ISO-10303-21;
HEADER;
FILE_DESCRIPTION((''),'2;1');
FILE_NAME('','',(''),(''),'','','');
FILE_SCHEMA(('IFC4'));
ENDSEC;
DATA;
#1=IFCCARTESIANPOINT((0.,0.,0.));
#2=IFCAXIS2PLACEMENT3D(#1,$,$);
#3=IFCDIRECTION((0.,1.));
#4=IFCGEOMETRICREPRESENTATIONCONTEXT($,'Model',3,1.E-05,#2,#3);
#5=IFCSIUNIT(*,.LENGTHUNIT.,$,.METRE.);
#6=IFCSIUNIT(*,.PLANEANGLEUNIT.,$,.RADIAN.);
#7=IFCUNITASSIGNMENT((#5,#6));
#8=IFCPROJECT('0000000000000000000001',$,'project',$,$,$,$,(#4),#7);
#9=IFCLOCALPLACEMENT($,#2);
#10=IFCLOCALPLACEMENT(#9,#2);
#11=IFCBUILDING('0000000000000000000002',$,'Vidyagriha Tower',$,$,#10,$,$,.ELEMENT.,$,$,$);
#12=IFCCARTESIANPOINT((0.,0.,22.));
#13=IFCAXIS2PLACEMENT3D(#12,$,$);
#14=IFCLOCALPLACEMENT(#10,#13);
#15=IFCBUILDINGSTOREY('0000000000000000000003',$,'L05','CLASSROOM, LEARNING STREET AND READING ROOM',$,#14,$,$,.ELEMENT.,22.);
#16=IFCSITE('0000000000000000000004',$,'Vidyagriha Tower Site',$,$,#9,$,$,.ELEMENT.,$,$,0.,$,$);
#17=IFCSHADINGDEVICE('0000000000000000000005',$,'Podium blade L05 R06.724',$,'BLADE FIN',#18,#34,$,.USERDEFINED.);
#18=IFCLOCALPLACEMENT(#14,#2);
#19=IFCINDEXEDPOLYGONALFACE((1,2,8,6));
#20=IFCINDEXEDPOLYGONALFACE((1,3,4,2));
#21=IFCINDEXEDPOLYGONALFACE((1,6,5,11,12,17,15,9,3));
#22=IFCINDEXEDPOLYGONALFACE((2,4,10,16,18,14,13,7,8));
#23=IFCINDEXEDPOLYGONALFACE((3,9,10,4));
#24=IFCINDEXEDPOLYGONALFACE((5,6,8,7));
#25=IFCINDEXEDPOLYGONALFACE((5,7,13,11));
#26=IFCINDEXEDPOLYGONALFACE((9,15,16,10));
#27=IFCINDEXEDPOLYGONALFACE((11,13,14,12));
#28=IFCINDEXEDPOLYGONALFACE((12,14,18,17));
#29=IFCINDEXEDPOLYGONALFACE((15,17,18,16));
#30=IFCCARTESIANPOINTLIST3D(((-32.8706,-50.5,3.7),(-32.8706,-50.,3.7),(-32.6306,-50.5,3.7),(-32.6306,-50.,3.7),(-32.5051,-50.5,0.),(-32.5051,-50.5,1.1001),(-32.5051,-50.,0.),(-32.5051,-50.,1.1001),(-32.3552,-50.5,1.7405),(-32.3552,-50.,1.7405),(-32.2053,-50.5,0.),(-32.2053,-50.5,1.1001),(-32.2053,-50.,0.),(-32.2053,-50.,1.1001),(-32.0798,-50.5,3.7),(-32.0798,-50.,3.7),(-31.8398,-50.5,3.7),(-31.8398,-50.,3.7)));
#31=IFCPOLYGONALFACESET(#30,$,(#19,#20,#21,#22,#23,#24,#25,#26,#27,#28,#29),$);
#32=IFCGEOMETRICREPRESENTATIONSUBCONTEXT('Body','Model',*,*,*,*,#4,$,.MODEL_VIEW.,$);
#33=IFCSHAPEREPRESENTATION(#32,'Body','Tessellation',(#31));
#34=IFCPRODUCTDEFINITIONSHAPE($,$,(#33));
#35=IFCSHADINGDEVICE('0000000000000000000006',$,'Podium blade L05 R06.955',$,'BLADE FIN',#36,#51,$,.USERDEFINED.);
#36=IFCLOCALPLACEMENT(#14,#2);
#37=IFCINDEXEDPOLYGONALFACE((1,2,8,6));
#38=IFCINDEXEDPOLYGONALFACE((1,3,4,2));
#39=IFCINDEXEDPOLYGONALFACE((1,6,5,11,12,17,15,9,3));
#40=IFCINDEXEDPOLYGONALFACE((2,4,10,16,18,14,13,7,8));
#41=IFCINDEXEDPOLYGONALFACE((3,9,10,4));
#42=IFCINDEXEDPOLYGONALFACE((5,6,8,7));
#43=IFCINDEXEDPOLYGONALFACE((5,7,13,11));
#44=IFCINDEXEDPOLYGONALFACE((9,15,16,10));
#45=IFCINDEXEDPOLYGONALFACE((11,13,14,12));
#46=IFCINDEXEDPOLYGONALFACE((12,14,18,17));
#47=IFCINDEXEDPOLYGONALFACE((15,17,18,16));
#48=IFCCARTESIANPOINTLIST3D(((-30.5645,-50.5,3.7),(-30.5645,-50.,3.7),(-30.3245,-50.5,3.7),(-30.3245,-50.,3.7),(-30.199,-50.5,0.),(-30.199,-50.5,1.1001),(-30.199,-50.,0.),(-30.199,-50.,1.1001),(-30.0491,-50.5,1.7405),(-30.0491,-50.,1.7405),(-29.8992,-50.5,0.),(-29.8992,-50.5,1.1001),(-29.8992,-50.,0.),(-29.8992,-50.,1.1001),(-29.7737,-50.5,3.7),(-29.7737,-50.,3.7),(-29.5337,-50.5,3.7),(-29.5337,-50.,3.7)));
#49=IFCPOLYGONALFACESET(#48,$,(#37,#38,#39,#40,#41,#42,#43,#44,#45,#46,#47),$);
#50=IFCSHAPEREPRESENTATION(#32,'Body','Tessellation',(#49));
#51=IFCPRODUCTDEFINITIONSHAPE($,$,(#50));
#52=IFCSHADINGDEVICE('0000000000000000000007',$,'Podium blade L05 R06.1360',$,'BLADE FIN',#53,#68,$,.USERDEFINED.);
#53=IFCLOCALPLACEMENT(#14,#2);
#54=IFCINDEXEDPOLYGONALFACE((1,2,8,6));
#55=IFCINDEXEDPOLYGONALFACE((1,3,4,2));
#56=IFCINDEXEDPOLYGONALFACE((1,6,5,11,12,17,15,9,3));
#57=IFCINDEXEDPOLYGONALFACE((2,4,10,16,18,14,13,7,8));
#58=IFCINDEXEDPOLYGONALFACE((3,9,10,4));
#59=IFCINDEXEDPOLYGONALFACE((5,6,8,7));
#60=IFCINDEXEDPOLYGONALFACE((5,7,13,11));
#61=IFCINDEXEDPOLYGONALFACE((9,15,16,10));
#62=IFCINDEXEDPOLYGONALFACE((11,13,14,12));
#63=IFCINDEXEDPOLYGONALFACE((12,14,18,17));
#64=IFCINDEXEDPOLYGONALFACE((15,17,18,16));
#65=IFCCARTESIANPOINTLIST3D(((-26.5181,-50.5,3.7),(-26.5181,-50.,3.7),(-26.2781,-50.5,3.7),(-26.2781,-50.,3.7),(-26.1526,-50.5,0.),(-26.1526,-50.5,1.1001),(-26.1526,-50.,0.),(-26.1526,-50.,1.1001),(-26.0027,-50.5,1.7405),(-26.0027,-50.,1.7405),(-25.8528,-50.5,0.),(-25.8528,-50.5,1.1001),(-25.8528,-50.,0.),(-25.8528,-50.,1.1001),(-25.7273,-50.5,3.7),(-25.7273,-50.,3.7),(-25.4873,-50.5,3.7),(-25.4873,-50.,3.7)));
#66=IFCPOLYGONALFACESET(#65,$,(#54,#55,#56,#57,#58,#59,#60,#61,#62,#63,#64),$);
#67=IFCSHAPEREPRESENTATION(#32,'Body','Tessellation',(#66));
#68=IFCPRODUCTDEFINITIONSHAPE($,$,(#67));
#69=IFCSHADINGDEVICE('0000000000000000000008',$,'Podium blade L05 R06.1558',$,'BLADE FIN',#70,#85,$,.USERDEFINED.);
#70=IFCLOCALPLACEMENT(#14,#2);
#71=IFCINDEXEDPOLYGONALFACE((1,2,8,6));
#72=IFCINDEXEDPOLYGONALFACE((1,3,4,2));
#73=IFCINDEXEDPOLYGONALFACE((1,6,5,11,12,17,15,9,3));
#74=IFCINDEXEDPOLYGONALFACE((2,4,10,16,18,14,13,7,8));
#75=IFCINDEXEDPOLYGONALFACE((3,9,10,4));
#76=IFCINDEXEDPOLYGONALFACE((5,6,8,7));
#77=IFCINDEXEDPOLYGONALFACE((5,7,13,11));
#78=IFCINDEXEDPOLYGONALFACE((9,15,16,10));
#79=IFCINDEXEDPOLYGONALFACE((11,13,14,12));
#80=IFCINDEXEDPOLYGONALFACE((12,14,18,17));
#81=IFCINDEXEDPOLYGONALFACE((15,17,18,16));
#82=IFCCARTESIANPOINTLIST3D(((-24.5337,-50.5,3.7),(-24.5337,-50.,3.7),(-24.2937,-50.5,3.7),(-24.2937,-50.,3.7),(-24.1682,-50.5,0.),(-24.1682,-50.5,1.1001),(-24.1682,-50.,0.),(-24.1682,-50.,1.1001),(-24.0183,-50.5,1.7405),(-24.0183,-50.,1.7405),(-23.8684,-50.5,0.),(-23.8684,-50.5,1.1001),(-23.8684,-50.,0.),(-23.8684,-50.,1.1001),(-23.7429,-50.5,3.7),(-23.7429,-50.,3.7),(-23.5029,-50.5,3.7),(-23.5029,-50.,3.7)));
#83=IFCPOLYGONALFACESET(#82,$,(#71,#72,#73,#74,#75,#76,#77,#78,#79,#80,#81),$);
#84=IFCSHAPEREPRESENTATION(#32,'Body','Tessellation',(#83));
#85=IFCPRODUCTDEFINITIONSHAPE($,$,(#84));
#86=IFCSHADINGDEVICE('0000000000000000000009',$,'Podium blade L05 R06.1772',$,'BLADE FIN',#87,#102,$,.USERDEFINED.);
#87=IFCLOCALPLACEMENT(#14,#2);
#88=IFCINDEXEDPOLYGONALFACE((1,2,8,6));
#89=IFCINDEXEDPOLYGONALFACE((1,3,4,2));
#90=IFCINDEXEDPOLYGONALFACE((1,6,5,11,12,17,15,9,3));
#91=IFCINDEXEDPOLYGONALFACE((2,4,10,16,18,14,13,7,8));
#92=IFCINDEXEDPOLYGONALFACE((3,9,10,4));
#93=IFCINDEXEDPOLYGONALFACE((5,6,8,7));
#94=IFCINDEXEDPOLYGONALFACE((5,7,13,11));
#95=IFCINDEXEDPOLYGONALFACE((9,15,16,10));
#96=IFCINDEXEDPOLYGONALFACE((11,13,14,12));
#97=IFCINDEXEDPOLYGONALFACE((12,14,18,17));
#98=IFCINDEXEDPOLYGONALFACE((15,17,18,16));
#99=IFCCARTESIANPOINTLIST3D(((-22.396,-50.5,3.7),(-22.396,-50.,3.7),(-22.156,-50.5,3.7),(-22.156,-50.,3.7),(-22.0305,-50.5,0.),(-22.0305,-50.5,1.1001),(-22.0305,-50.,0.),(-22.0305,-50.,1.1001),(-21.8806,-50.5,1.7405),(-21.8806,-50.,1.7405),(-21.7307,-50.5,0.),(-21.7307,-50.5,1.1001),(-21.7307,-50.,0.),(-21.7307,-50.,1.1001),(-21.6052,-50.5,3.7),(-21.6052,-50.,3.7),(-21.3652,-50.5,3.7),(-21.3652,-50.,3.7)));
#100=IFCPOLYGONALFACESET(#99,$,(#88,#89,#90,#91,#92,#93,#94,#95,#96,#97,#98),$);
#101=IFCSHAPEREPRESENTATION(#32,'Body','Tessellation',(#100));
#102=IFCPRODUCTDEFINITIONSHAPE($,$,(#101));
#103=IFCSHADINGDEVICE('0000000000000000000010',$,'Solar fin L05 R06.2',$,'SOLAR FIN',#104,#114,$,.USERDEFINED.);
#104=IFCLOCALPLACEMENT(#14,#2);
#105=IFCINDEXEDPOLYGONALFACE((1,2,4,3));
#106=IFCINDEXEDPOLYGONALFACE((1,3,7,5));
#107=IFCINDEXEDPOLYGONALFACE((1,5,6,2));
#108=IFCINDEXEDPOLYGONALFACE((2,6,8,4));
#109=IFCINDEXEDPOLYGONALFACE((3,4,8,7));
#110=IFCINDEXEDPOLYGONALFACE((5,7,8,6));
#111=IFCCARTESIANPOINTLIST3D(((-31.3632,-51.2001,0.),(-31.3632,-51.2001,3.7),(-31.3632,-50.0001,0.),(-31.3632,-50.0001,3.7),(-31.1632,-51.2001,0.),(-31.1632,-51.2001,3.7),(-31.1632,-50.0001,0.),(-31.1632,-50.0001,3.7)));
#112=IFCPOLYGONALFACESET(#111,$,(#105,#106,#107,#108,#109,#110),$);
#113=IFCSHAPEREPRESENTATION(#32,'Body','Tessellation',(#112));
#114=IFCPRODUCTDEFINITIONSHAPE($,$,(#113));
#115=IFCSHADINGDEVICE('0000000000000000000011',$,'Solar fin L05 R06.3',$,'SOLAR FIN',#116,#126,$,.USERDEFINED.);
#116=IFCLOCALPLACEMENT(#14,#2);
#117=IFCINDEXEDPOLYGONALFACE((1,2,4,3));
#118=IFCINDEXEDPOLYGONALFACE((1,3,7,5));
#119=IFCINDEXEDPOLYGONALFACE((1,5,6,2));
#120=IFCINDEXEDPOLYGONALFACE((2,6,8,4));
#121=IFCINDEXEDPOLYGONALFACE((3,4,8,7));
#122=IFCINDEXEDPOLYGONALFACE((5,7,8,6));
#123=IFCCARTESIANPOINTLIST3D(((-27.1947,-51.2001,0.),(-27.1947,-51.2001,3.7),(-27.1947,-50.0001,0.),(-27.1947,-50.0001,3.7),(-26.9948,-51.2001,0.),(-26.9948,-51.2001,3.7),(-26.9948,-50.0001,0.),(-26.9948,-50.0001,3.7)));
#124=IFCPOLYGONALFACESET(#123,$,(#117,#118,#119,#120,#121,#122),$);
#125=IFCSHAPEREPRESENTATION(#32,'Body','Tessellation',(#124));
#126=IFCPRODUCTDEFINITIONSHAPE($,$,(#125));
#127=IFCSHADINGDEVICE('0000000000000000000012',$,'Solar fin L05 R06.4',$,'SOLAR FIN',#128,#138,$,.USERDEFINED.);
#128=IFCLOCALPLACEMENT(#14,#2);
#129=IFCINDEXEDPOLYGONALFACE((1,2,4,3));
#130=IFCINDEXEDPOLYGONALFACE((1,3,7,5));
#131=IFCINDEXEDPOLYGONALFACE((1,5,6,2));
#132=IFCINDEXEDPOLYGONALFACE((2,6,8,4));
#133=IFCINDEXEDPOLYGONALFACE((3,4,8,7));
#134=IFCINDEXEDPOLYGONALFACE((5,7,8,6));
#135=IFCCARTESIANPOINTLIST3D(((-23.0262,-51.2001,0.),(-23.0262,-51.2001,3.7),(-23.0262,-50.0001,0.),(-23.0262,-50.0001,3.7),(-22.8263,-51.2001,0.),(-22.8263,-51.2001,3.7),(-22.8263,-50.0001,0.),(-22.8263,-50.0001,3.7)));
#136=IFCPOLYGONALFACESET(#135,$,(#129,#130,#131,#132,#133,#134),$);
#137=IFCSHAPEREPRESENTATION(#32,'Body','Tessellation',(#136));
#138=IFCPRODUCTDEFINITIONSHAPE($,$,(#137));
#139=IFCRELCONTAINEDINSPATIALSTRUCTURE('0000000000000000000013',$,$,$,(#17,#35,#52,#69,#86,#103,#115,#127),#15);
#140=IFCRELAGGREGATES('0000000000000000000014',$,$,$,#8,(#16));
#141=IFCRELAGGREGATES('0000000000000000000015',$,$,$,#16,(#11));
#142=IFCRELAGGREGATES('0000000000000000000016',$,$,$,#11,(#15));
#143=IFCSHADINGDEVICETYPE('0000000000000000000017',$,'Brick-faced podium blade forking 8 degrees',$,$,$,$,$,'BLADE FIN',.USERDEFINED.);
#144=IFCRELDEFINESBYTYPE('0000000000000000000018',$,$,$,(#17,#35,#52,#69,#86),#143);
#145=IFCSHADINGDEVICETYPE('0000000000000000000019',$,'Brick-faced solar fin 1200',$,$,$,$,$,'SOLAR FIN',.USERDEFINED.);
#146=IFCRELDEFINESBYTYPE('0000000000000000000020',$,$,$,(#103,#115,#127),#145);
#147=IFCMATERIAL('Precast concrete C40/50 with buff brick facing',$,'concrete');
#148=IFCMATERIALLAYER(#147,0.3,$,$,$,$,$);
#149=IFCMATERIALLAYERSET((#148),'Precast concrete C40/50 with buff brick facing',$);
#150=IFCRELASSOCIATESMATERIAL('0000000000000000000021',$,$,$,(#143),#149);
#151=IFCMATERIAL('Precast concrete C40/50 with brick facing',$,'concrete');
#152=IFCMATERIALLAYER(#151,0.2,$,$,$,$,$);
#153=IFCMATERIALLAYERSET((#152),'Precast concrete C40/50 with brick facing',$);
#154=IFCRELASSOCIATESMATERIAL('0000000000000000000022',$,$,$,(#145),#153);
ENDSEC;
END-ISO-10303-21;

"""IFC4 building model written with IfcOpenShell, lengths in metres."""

from ifc_helpers import new_model, si_unit, direction, frame, frame_2d, origin, place, context, subcontext, project, spatial, polyline, rectangle, outline, extrude, material, layer, layer_set, type_object, element, save


model = new_model("IFC4")

# Units and contexts
model_context = context("Model", 3, precision=1e-05, world=origin(), true_north=direction((0.0, 1.0)))
body_context = subcontext(model_context, "Body", "Model", "MODEL_VIEW")
ifc_project = project(units=[si_unit("LENGTHUNIT", "METRE"), si_unit("PLANEANGLEUNIT", "RADIAN")], contexts=[model_context])

# Site, building, storey
site_placement = place(None, origin())
site = spatial("IfcSite", under=ifc_project, at=site_placement, Name="Vidyagriha Tower Site", CompositionType="ELEMENT", RefElevation=0.0)
building_placement = place(site_placement, origin())
building = spatial("IfcBuilding", under=site, at=building_placement, Name="Vidyagriha Tower", CompositionType="ELEMENT")
storey_placement = place(building_placement, frame((0.0, 0.0, 22.0)))
storey = spatial("IfcBuildingStorey", under=building, at=storey_placement, Name="L05", Description="CLASSROOM, LEARNING STREET AND READING ROOM", CompositionType="ELEMENT", Elevation=22.0)

# Shading devices
ifc_material_1 = material(Name="Precast concrete C40/50 with buff brick facing", Category="concrete")
ifc_layer_1 = layer(ifc_material_1, 0.3)
ifc_layer_set_1 = layer_set([ifc_layer_1], Name="Precast concrete C40/50 with buff brick facing")
shading_device_type_1 = type_object("IfcShadingDeviceType", Name="Brick-faced podium blade forking 8 degrees", ElementType="BLADE FIN", PredefinedType="USERDEFINED", material=ifc_layer_set_1)
for number, where, name in (
    (1, (-32.8706, -50.25, 0.0), "Podium blade L05 R06.724"),
    (2, (-30.5645, -50.25, 0.0), "Podium blade L05 R06.955"),
    (3, (-26.5181, -50.25, 0.0), "Podium blade L05 R06.1360"),
    (4, (-24.5337, -50.25, 0.0), "Podium blade L05 R06.1558"),
    (5, (-22.396, -50.25, 0.0), "Podium blade L05 R06.1772"),
):
    element("IfcShadingDevice", number, at=place(storey_placement, frame(where)), inside=storey, type_object=shading_device_type_1, Name=name, ObjectType="BLADE FIN", PredefinedType="USERDEFINED", context=body_context, shape_type="SweptSolid", body=[
        extrude(outline(polyline([(0.6653, 0.0), (0.6653, 1.1001), (1.0308, 3.7), (0.7908, 3.7), (0.5154, 1.7405), (0.24, 3.7), (0.0, 3.7), (0.3655, 1.1001), (0.3655, 0.0), (0.6653, 0.0)])), frame((0.0, 0.25, 0.0), z_axis=(0.0, -1.0, 0.0), x_axis=(1.0, 0.0, 0.0)), (0.0, 0.0, 1.0), 0.5),
    ])
ifc_material_2 = material(Name="Precast concrete C40/50 with brick facing", Category="concrete")
ifc_layer_2 = layer(ifc_material_2, 0.2)
ifc_layer_set_2 = layer_set([ifc_layer_2], Name="Precast concrete C40/50 with brick facing")
shading_device_type_2 = type_object("IfcShadingDeviceType", Name="Brick-faced solar fin 1200", ElementType="SOLAR FIN", PredefinedType="USERDEFINED", material=ifc_layer_set_2)
for number, where, z_axis, x_axis, name in (
    (6, (-31.2632, -50.0, 0.0), (0.0, 0.0, 1.0), (0.0, -1.0, 0.0), "Solar fin L05 R06.2"),
    (7, (-27.0947, -50.0, 0.0), (0.0, 0.0, 1.0), (0.0, -1.0, 0.0), "Solar fin L05 R06.3"),
    (8, (-22.9263, -50.0, 0.0), (0.0, 0.0, 1.0), (0.0, -1.0, 0.0), "Solar fin L05 R06.4"),
):
    element("IfcShadingDevice", number, at=place(storey_placement, frame(where, z_axis=z_axis, x_axis=x_axis)), inside=storey, type_object=shading_device_type_2, Name=name, ObjectType="SOLAR FIN", PredefinedType="USERDEFINED", context=body_context, shape_type="SweptSolid", body=[
        extrude(rectangle(XDim=1.2, YDim=0.2, at=frame_2d((0.6001, 0.0))), origin(), (0.0, 0.0, 1.0), 3.7),
    ])

save(model, "model.ifc")
